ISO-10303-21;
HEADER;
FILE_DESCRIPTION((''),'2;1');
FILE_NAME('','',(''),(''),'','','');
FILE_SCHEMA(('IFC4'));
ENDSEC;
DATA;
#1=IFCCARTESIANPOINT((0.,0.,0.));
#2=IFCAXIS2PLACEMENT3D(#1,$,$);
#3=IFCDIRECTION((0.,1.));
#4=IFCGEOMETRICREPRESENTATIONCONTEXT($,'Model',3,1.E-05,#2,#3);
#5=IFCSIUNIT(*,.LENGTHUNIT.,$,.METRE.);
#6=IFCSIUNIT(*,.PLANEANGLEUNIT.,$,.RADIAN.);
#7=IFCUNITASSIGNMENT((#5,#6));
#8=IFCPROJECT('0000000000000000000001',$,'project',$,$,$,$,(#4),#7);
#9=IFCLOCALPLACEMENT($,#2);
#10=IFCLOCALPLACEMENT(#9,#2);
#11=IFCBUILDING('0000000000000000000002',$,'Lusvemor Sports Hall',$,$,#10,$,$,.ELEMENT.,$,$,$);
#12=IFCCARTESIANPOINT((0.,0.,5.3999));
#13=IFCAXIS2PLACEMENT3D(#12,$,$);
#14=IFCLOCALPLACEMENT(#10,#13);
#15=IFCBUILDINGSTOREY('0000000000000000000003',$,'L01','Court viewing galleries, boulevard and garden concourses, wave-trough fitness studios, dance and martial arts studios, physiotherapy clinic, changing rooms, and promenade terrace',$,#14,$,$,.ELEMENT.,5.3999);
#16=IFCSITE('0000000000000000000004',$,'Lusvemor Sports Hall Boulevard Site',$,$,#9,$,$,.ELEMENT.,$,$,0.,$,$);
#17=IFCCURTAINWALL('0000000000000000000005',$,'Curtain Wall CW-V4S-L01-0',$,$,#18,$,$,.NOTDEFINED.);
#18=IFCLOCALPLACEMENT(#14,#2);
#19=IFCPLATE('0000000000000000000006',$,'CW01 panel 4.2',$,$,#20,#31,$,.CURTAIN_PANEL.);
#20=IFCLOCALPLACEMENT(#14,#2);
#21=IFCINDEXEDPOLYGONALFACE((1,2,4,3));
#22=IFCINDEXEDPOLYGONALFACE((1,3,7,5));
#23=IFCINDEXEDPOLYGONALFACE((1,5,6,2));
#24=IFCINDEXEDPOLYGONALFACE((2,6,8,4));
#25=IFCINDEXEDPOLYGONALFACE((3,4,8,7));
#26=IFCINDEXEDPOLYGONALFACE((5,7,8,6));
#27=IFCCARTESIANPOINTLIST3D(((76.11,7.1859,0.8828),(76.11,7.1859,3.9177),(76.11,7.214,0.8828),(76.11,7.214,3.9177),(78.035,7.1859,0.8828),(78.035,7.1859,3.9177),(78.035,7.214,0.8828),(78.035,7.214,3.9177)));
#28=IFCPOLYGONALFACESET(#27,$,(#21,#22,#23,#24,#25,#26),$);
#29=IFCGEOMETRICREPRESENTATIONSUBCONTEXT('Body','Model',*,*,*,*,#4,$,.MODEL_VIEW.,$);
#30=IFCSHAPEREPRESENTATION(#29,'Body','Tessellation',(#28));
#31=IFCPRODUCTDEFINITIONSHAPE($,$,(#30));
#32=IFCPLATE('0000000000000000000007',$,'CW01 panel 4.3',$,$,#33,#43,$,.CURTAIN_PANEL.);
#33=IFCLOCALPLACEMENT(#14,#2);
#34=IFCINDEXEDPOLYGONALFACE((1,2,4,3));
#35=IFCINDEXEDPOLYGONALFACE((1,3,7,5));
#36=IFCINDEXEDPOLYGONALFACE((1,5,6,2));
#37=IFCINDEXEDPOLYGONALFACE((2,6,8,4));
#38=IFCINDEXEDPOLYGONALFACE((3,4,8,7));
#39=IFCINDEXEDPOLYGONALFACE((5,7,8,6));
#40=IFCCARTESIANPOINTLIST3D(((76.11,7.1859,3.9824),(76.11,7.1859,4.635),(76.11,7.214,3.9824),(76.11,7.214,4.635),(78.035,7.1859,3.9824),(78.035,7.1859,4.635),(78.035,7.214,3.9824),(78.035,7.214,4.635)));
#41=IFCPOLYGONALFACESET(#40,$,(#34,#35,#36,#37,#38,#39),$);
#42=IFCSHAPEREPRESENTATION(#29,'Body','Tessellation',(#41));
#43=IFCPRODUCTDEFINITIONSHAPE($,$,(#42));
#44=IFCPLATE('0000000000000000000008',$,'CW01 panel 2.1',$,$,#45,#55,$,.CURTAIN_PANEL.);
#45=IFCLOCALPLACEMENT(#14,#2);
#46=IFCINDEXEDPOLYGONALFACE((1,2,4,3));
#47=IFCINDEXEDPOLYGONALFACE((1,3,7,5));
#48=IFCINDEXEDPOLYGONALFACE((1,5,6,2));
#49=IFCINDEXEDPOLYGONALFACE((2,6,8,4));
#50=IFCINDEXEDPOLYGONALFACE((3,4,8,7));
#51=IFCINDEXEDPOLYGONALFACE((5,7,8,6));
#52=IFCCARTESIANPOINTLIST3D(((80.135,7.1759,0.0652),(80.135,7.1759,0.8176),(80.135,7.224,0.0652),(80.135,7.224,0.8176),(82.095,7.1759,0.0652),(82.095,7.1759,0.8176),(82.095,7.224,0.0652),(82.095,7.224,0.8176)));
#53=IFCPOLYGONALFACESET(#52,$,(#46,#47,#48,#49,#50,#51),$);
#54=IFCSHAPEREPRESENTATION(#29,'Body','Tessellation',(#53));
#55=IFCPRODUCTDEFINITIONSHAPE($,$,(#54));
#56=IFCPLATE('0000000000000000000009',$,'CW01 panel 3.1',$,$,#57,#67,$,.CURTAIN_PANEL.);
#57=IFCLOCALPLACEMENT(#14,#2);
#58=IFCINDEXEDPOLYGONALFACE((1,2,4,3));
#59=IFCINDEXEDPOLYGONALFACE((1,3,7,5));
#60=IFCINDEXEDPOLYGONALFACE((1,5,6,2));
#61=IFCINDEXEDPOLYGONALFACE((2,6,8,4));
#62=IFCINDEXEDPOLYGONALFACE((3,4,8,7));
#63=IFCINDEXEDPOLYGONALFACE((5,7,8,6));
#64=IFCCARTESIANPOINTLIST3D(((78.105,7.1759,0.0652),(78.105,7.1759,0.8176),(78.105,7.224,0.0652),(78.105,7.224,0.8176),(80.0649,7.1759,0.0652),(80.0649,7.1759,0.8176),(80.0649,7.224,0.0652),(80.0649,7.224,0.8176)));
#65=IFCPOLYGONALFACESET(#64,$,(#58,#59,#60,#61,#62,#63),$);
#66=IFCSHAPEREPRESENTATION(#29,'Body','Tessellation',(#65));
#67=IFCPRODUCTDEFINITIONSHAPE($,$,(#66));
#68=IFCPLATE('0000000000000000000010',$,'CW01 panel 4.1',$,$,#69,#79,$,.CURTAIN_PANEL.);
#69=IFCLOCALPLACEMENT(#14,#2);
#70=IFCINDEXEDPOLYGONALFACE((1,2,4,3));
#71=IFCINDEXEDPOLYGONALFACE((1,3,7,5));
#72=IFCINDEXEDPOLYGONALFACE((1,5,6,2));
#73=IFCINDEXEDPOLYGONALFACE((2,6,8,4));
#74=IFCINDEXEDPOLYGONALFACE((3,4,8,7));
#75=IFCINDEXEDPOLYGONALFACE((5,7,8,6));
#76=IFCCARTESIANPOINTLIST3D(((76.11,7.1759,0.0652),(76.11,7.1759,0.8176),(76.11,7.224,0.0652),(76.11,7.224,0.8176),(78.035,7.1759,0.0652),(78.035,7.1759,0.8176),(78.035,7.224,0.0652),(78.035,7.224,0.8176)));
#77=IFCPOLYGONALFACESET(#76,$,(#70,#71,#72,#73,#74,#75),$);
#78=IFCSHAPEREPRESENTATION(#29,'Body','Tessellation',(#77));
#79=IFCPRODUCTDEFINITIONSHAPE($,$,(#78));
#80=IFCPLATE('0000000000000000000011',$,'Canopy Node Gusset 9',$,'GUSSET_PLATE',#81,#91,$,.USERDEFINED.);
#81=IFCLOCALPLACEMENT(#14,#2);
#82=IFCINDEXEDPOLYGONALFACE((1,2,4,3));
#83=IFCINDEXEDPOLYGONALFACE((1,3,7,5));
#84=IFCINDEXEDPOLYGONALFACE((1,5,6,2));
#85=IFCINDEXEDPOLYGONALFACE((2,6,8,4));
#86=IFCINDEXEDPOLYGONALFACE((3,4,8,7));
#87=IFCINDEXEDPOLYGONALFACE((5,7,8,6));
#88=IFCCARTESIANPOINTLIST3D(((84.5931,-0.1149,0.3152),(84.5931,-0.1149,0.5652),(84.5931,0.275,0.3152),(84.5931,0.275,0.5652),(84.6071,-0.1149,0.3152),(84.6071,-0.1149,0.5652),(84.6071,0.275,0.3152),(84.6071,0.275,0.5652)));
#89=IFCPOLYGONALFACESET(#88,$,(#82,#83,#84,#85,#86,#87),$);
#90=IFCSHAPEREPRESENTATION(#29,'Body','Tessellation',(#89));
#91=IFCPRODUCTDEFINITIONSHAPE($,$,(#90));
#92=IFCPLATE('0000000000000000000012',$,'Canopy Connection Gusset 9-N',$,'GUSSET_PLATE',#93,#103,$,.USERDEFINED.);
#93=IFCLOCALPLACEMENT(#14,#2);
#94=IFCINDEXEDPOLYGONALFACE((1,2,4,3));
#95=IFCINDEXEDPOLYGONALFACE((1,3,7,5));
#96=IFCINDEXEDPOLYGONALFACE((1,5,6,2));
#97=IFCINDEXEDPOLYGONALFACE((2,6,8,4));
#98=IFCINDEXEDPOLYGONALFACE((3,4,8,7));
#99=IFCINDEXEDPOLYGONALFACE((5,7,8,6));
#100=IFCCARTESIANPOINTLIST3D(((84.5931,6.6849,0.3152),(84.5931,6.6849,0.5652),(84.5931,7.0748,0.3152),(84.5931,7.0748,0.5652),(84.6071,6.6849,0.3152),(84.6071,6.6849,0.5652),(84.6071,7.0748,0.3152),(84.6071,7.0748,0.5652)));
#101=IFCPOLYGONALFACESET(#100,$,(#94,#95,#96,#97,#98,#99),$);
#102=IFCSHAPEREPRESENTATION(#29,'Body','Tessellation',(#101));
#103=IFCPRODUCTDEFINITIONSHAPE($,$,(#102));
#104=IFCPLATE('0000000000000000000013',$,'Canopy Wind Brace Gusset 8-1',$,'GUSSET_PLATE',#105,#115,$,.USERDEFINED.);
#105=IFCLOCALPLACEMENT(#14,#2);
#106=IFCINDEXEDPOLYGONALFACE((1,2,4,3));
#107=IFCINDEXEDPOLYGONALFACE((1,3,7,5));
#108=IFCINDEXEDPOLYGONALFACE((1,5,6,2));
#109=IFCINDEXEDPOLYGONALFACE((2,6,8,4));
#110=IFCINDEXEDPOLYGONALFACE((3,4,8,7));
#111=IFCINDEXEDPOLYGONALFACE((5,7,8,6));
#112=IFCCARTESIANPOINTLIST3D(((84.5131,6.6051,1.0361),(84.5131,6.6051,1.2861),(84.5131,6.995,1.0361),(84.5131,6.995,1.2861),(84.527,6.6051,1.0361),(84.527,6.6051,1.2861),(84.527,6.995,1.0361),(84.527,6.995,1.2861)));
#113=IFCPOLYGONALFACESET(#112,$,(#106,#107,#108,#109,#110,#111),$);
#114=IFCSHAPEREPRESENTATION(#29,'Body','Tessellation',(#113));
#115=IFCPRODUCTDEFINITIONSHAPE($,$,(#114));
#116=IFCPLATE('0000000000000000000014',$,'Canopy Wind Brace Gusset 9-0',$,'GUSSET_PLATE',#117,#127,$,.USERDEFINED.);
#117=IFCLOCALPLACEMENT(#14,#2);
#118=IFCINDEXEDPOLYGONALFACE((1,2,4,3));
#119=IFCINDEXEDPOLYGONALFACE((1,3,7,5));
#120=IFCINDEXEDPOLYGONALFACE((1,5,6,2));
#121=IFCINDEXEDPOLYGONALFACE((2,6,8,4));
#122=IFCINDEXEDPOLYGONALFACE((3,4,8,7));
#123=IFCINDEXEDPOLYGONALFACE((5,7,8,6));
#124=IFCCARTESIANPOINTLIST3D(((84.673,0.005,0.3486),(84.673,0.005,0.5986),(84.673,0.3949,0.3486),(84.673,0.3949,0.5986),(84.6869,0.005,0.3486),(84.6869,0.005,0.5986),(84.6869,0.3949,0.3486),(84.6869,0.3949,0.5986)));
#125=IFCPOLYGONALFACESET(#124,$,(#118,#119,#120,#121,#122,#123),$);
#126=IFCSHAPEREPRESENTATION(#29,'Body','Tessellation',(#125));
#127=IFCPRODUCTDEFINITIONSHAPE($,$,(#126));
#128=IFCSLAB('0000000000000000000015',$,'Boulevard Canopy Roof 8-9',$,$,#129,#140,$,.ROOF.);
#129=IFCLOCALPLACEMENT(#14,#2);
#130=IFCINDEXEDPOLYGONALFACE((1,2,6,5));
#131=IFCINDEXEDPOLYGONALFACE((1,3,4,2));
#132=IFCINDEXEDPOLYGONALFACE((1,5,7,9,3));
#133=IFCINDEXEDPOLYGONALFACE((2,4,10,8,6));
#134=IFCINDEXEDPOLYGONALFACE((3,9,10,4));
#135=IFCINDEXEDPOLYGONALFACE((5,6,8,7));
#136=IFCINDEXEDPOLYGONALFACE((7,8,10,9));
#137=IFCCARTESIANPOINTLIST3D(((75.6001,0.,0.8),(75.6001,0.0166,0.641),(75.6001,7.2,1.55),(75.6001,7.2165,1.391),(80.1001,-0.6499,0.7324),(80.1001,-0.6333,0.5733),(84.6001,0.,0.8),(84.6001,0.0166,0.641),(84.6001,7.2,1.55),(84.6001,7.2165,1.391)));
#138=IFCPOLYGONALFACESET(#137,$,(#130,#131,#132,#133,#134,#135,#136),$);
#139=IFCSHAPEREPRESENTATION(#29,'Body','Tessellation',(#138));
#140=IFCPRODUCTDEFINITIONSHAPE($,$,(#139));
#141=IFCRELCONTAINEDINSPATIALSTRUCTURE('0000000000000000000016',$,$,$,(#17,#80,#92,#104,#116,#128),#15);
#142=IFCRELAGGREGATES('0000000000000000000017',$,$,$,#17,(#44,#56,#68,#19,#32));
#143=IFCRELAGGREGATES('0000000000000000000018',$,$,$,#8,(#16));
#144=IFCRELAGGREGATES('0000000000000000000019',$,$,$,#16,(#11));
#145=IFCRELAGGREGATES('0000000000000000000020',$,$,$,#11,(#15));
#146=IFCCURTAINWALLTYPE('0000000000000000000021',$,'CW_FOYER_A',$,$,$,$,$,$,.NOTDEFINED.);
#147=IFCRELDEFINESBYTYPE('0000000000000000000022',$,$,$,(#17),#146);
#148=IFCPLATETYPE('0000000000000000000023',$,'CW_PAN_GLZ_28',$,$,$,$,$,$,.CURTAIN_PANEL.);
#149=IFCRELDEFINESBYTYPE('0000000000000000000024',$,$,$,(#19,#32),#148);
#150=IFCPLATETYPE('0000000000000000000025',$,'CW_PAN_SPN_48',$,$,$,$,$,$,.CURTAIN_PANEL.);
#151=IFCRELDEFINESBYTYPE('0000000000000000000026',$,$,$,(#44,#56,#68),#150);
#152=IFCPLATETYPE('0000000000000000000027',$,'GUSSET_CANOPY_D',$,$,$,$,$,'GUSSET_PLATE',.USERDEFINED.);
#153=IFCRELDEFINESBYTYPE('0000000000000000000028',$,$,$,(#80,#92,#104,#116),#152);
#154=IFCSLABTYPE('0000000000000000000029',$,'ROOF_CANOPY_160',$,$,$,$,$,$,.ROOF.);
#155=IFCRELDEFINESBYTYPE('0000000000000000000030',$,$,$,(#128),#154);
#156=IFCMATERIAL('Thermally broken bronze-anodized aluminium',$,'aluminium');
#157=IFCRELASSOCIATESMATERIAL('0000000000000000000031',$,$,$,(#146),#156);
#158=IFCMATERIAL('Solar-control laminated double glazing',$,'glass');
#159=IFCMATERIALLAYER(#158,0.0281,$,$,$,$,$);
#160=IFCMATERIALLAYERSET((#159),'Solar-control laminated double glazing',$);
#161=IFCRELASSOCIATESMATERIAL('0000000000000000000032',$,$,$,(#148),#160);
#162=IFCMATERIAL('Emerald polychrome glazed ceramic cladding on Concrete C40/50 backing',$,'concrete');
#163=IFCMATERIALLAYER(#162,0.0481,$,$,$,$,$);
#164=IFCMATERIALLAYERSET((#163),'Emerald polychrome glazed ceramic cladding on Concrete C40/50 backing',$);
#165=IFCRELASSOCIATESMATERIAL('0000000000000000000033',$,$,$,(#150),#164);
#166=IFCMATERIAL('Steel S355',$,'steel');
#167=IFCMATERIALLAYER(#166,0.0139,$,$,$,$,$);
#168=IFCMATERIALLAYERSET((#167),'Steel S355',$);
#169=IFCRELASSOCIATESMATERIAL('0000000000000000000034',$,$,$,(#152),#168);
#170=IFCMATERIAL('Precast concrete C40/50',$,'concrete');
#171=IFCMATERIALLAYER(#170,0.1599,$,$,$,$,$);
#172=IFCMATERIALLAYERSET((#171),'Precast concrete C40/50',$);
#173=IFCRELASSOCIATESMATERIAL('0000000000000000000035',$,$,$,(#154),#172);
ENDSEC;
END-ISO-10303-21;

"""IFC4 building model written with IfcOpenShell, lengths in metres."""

from ifc_helpers import new_model, si_unit, direction, frame, origin, origin_2d, place, context, subcontext, project, spatial, polyline, rectangle, outline, extrude, material, layer, layer_set, type_object, element, aggregate, save


model = new_model("IFC4")

# Units and contexts
model_context = context("Model", 3, precision=1e-05, world=origin(), true_north=direction((0.0, 1.0)))
body_context = subcontext(model_context, "Body", "Model", "MODEL_VIEW")
ifc_project = project(units=[si_unit("LENGTHUNIT", "METRE"), si_unit("PLANEANGLEUNIT", "RADIAN")], contexts=[model_context])

# Site, building, storey
site_placement = place(None, origin())
site = spatial("IfcSite", under=ifc_project, at=site_placement, Name="Lusvemor Sports Hall Boulevard Site", CompositionType="ELEMENT", RefElevation=0.0)
building_placement = place(site_placement, origin())
building = spatial("IfcBuilding", under=site, at=building_placement, Name="Lusvemor Sports Hall", CompositionType="ELEMENT")
storey_placement = place(building_placement, frame((0.0, 0.0, 5.3999)))
storey = spatial("IfcBuildingStorey", under=building, at=storey_placement, Name="L01", Description="Court viewing galleries, boulevard and garden concourses, wave-trough fitness studios, dance and martial arts studios, physiotherapy clinic, changing rooms, and promenade terrace", CompositionType="ELEMENT", Elevation=5.3999)

# Curtain wall
ifc_material_1 = material(Name="Thermally broken bronze-anodized aluminium", Category="aluminium")
curtain_wall_type = type_object("IfcCurtainWallType", Name="CW_FOYER_A", PredefinedType="NOTDEFINED", material=ifc_material_1)
curtain_wall_placement = place(storey_placement, origin())
curtain_wall = element("IfcCurtainWall", 1, at=curtain_wall_placement, inside=storey, type_object=curtain_wall_type, Name="Curtain Wall CW-V4S-L01-0", PredefinedType="NOTDEFINED")

# Plates
ifc_material_2 = material(Name="Solar-control laminated double glazing", Category="glass")
ifc_layer_1 = layer(ifc_material_2, 0.0281)
ifc_layer_set_1 = layer_set([ifc_layer_1], Name="Solar-control laminated double glazing")
plate_type_1 = type_object("IfcPlateType", Name="CW_PAN_GLZ_28", PredefinedType="CURTAIN_PANEL", material=ifc_layer_set_1)
plate_1_placement = place(storey_placement, frame((77.0725, 7.2, 0.8828), z_axis=(0.0, 0.0, 1.0), x_axis=(-1.0, 0.0, 0.0)))
plate_1 = element("IfcPlate", 2, at=plate_1_placement, type_object=plate_type_1, Name="CW01 panel 4.2", PredefinedType="CURTAIN_PANEL", context=body_context, shape_type="SweptSolid", body=[
    extrude(rectangle(XDim=1.925, YDim=0.0281, at=origin_2d()), origin(), (0.0, 0.0, 1.0), 3.0349),
])
plate_2_placement = place(storey_placement, frame((77.0725, 7.2, 3.9824), z_axis=(0.0, 0.0, 1.0), x_axis=(-1.0, 0.0, 0.0)))
plate_2 = element("IfcPlate", 3, at=plate_2_placement, type_object=plate_type_1, Name="CW01 panel 4.3", PredefinedType="CURTAIN_PANEL", context=body_context, shape_type="SweptSolid", body=[
    extrude(rectangle(XDim=1.925, YDim=0.0281, at=origin_2d()), origin(), (0.0, 0.0, 1.0), 0.6526),
])
ifc_material_3 = material(Name="Emerald polychrome glazed ceramic cladding on Concrete C40/50 backing", Category="concrete")
ifc_layer_2 = layer(ifc_material_3, 0.0481)
ifc_layer_set_2 = layer_set([ifc_layer_2], Name="Emerald polychrome glazed ceramic cladding on Concrete C40/50 backing")
plate_type_2 = type_object("IfcPlateType", Name="CW_PAN_SPN_48", PredefinedType="CURTAIN_PANEL", material=ifc_layer_set_2)
plate_3_placement = place(storey_placement, frame((81.115, 7.2, 0.0652), z_axis=(0.0, 0.0, 1.0), x_axis=(-1.0, 0.0, 0.0)))
plate_3 = element("IfcPlate", 4, at=plate_3_placement, type_object=plate_type_2, Name="CW01 panel 2.1", PredefinedType="CURTAIN_PANEL", context=body_context, shape_type="SweptSolid", body=[
    extrude(rectangle(XDim=1.96, YDim=0.0481, at=origin_2d()), origin(), (0.0, 0.0, 1.0), 0.7524),
])
plate_4_placement = place(storey_placement, frame((79.085, 7.2, 0.0652), z_axis=(0.0, 0.0, 1.0), x_axis=(-1.0, 0.0, 0.0)))
plate_4 = element("IfcPlate", 5, at=plate_4_placement, type_object=plate_type_2, Name="CW01 panel 3.1", PredefinedType="CURTAIN_PANEL", context=body_context, shape_type="SweptSolid", body=[
    extrude(rectangle(XDim=1.96, YDim=0.0481, at=origin_2d()), origin(), (0.0, 0.0, 1.0), 0.7524),
])
plate_5_placement = place(storey_placement, frame((77.0725, 7.2, 0.0652), z_axis=(0.0, 0.0, 1.0), x_axis=(-1.0, 0.0, 0.0)))
plate_5 = element("IfcPlate", 6, at=plate_5_placement, type_object=plate_type_2, Name="CW01 panel 4.1", PredefinedType="CURTAIN_PANEL", context=body_context, shape_type="SweptSolid", body=[
    extrude(rectangle(XDim=1.925, YDim=0.0481, at=origin_2d()), origin(), (0.0, 0.0, 1.0), 0.7524),
])
aggregate(curtain_wall, [plate_3, plate_4, plate_5, plate_1, plate_2])

# Plates
ifc_material_4 = material(Name="Steel S355", Category="steel")
ifc_layer_3 = layer(ifc_material_4, 0.0139)
ifc_layer_set_3 = layer_set([ifc_layer_3], Name="Steel S355")
plate_type_3 = type_object("IfcPlateType", Name="GUSSET_CANOPY_D", ElementType="GUSSET_PLATE", PredefinedType="USERDEFINED", material=ifc_layer_set_3)
for number, where, z_axis, x_axis, name in (
    (7, (84.6001, 0.0801, 0.3152), (0.0, 0.0, 1.0), (1.0, 0.0, 0.0), "Canopy Node Gusset 9"),
    (8, (84.6001, 6.8799, 0.3152), (0.0, 0.0, 1.0), (1.0, 0.0, 0.0), "Canopy Connection Gusset 9-N"),
    (9, (84.52, 6.8, 1.0361), (0.0, 0.0, 1.0), (1.0, 0.0, 0.0), "Canopy Wind Brace Gusset 8-1"),
    (10, (84.6799, 0.2, 0.3486), (0.0, 0.0, 1.0), (1.0, 0.0, 0.0), "Canopy Wind Brace Gusset 9-0"),
):
    element("IfcPlate", number, at=place(storey_placement, frame(where, z_axis=z_axis, x_axis=x_axis)), inside=storey, type_object=plate_type_3, Name=name, ObjectType="GUSSET_PLATE", PredefinedType="USERDEFINED", context=body_context, shape_type="SweptSolid", body=[
        extrude(rectangle(XDim=0.0139, YDim=0.3899, at=origin_2d()), origin(), (0.0, 0.0, 1.0), 0.25),
    ])

# Slab
ifc_material_5 = material(Name="Precast concrete C40/50", Category="concrete")
ifc_layer_4 = layer(ifc_material_5, 0.1599)
ifc_layer_set_4 = layer_set([ifc_layer_4], Name="Precast concrete C40/50")
slab_type = type_object("IfcSlabType", Name="ROOF_CANOPY_160", PredefinedType="ROOF", material=ifc_layer_set_4)
slab_placement = place(storey_placement, frame((84.6001, 0.0, 0.8), z_axis=(0.0, -0.103602, 0.994619), x_axis=(-0.989622, -0.142922, -0.014887)))
element("IfcSlab", 11, at=slab_placement, inside=storey, type_object=slab_type, Name="Boulevard Canopy Roof 8-9", PredefinedType="ROOF", context=body_context, shape_type="SweptSolid", body=[
    extrude(outline(polyline([(0.0, 0.0), (4.5472, 0.0), (8.9066, -1.2933), (7.8664, -8.457), (-1.0402, -7.1638), (0.0, 0.0)])), origin(), (0.0, 0.0, -1.0), 0.1599),
])

save(model, "model.ifc")
